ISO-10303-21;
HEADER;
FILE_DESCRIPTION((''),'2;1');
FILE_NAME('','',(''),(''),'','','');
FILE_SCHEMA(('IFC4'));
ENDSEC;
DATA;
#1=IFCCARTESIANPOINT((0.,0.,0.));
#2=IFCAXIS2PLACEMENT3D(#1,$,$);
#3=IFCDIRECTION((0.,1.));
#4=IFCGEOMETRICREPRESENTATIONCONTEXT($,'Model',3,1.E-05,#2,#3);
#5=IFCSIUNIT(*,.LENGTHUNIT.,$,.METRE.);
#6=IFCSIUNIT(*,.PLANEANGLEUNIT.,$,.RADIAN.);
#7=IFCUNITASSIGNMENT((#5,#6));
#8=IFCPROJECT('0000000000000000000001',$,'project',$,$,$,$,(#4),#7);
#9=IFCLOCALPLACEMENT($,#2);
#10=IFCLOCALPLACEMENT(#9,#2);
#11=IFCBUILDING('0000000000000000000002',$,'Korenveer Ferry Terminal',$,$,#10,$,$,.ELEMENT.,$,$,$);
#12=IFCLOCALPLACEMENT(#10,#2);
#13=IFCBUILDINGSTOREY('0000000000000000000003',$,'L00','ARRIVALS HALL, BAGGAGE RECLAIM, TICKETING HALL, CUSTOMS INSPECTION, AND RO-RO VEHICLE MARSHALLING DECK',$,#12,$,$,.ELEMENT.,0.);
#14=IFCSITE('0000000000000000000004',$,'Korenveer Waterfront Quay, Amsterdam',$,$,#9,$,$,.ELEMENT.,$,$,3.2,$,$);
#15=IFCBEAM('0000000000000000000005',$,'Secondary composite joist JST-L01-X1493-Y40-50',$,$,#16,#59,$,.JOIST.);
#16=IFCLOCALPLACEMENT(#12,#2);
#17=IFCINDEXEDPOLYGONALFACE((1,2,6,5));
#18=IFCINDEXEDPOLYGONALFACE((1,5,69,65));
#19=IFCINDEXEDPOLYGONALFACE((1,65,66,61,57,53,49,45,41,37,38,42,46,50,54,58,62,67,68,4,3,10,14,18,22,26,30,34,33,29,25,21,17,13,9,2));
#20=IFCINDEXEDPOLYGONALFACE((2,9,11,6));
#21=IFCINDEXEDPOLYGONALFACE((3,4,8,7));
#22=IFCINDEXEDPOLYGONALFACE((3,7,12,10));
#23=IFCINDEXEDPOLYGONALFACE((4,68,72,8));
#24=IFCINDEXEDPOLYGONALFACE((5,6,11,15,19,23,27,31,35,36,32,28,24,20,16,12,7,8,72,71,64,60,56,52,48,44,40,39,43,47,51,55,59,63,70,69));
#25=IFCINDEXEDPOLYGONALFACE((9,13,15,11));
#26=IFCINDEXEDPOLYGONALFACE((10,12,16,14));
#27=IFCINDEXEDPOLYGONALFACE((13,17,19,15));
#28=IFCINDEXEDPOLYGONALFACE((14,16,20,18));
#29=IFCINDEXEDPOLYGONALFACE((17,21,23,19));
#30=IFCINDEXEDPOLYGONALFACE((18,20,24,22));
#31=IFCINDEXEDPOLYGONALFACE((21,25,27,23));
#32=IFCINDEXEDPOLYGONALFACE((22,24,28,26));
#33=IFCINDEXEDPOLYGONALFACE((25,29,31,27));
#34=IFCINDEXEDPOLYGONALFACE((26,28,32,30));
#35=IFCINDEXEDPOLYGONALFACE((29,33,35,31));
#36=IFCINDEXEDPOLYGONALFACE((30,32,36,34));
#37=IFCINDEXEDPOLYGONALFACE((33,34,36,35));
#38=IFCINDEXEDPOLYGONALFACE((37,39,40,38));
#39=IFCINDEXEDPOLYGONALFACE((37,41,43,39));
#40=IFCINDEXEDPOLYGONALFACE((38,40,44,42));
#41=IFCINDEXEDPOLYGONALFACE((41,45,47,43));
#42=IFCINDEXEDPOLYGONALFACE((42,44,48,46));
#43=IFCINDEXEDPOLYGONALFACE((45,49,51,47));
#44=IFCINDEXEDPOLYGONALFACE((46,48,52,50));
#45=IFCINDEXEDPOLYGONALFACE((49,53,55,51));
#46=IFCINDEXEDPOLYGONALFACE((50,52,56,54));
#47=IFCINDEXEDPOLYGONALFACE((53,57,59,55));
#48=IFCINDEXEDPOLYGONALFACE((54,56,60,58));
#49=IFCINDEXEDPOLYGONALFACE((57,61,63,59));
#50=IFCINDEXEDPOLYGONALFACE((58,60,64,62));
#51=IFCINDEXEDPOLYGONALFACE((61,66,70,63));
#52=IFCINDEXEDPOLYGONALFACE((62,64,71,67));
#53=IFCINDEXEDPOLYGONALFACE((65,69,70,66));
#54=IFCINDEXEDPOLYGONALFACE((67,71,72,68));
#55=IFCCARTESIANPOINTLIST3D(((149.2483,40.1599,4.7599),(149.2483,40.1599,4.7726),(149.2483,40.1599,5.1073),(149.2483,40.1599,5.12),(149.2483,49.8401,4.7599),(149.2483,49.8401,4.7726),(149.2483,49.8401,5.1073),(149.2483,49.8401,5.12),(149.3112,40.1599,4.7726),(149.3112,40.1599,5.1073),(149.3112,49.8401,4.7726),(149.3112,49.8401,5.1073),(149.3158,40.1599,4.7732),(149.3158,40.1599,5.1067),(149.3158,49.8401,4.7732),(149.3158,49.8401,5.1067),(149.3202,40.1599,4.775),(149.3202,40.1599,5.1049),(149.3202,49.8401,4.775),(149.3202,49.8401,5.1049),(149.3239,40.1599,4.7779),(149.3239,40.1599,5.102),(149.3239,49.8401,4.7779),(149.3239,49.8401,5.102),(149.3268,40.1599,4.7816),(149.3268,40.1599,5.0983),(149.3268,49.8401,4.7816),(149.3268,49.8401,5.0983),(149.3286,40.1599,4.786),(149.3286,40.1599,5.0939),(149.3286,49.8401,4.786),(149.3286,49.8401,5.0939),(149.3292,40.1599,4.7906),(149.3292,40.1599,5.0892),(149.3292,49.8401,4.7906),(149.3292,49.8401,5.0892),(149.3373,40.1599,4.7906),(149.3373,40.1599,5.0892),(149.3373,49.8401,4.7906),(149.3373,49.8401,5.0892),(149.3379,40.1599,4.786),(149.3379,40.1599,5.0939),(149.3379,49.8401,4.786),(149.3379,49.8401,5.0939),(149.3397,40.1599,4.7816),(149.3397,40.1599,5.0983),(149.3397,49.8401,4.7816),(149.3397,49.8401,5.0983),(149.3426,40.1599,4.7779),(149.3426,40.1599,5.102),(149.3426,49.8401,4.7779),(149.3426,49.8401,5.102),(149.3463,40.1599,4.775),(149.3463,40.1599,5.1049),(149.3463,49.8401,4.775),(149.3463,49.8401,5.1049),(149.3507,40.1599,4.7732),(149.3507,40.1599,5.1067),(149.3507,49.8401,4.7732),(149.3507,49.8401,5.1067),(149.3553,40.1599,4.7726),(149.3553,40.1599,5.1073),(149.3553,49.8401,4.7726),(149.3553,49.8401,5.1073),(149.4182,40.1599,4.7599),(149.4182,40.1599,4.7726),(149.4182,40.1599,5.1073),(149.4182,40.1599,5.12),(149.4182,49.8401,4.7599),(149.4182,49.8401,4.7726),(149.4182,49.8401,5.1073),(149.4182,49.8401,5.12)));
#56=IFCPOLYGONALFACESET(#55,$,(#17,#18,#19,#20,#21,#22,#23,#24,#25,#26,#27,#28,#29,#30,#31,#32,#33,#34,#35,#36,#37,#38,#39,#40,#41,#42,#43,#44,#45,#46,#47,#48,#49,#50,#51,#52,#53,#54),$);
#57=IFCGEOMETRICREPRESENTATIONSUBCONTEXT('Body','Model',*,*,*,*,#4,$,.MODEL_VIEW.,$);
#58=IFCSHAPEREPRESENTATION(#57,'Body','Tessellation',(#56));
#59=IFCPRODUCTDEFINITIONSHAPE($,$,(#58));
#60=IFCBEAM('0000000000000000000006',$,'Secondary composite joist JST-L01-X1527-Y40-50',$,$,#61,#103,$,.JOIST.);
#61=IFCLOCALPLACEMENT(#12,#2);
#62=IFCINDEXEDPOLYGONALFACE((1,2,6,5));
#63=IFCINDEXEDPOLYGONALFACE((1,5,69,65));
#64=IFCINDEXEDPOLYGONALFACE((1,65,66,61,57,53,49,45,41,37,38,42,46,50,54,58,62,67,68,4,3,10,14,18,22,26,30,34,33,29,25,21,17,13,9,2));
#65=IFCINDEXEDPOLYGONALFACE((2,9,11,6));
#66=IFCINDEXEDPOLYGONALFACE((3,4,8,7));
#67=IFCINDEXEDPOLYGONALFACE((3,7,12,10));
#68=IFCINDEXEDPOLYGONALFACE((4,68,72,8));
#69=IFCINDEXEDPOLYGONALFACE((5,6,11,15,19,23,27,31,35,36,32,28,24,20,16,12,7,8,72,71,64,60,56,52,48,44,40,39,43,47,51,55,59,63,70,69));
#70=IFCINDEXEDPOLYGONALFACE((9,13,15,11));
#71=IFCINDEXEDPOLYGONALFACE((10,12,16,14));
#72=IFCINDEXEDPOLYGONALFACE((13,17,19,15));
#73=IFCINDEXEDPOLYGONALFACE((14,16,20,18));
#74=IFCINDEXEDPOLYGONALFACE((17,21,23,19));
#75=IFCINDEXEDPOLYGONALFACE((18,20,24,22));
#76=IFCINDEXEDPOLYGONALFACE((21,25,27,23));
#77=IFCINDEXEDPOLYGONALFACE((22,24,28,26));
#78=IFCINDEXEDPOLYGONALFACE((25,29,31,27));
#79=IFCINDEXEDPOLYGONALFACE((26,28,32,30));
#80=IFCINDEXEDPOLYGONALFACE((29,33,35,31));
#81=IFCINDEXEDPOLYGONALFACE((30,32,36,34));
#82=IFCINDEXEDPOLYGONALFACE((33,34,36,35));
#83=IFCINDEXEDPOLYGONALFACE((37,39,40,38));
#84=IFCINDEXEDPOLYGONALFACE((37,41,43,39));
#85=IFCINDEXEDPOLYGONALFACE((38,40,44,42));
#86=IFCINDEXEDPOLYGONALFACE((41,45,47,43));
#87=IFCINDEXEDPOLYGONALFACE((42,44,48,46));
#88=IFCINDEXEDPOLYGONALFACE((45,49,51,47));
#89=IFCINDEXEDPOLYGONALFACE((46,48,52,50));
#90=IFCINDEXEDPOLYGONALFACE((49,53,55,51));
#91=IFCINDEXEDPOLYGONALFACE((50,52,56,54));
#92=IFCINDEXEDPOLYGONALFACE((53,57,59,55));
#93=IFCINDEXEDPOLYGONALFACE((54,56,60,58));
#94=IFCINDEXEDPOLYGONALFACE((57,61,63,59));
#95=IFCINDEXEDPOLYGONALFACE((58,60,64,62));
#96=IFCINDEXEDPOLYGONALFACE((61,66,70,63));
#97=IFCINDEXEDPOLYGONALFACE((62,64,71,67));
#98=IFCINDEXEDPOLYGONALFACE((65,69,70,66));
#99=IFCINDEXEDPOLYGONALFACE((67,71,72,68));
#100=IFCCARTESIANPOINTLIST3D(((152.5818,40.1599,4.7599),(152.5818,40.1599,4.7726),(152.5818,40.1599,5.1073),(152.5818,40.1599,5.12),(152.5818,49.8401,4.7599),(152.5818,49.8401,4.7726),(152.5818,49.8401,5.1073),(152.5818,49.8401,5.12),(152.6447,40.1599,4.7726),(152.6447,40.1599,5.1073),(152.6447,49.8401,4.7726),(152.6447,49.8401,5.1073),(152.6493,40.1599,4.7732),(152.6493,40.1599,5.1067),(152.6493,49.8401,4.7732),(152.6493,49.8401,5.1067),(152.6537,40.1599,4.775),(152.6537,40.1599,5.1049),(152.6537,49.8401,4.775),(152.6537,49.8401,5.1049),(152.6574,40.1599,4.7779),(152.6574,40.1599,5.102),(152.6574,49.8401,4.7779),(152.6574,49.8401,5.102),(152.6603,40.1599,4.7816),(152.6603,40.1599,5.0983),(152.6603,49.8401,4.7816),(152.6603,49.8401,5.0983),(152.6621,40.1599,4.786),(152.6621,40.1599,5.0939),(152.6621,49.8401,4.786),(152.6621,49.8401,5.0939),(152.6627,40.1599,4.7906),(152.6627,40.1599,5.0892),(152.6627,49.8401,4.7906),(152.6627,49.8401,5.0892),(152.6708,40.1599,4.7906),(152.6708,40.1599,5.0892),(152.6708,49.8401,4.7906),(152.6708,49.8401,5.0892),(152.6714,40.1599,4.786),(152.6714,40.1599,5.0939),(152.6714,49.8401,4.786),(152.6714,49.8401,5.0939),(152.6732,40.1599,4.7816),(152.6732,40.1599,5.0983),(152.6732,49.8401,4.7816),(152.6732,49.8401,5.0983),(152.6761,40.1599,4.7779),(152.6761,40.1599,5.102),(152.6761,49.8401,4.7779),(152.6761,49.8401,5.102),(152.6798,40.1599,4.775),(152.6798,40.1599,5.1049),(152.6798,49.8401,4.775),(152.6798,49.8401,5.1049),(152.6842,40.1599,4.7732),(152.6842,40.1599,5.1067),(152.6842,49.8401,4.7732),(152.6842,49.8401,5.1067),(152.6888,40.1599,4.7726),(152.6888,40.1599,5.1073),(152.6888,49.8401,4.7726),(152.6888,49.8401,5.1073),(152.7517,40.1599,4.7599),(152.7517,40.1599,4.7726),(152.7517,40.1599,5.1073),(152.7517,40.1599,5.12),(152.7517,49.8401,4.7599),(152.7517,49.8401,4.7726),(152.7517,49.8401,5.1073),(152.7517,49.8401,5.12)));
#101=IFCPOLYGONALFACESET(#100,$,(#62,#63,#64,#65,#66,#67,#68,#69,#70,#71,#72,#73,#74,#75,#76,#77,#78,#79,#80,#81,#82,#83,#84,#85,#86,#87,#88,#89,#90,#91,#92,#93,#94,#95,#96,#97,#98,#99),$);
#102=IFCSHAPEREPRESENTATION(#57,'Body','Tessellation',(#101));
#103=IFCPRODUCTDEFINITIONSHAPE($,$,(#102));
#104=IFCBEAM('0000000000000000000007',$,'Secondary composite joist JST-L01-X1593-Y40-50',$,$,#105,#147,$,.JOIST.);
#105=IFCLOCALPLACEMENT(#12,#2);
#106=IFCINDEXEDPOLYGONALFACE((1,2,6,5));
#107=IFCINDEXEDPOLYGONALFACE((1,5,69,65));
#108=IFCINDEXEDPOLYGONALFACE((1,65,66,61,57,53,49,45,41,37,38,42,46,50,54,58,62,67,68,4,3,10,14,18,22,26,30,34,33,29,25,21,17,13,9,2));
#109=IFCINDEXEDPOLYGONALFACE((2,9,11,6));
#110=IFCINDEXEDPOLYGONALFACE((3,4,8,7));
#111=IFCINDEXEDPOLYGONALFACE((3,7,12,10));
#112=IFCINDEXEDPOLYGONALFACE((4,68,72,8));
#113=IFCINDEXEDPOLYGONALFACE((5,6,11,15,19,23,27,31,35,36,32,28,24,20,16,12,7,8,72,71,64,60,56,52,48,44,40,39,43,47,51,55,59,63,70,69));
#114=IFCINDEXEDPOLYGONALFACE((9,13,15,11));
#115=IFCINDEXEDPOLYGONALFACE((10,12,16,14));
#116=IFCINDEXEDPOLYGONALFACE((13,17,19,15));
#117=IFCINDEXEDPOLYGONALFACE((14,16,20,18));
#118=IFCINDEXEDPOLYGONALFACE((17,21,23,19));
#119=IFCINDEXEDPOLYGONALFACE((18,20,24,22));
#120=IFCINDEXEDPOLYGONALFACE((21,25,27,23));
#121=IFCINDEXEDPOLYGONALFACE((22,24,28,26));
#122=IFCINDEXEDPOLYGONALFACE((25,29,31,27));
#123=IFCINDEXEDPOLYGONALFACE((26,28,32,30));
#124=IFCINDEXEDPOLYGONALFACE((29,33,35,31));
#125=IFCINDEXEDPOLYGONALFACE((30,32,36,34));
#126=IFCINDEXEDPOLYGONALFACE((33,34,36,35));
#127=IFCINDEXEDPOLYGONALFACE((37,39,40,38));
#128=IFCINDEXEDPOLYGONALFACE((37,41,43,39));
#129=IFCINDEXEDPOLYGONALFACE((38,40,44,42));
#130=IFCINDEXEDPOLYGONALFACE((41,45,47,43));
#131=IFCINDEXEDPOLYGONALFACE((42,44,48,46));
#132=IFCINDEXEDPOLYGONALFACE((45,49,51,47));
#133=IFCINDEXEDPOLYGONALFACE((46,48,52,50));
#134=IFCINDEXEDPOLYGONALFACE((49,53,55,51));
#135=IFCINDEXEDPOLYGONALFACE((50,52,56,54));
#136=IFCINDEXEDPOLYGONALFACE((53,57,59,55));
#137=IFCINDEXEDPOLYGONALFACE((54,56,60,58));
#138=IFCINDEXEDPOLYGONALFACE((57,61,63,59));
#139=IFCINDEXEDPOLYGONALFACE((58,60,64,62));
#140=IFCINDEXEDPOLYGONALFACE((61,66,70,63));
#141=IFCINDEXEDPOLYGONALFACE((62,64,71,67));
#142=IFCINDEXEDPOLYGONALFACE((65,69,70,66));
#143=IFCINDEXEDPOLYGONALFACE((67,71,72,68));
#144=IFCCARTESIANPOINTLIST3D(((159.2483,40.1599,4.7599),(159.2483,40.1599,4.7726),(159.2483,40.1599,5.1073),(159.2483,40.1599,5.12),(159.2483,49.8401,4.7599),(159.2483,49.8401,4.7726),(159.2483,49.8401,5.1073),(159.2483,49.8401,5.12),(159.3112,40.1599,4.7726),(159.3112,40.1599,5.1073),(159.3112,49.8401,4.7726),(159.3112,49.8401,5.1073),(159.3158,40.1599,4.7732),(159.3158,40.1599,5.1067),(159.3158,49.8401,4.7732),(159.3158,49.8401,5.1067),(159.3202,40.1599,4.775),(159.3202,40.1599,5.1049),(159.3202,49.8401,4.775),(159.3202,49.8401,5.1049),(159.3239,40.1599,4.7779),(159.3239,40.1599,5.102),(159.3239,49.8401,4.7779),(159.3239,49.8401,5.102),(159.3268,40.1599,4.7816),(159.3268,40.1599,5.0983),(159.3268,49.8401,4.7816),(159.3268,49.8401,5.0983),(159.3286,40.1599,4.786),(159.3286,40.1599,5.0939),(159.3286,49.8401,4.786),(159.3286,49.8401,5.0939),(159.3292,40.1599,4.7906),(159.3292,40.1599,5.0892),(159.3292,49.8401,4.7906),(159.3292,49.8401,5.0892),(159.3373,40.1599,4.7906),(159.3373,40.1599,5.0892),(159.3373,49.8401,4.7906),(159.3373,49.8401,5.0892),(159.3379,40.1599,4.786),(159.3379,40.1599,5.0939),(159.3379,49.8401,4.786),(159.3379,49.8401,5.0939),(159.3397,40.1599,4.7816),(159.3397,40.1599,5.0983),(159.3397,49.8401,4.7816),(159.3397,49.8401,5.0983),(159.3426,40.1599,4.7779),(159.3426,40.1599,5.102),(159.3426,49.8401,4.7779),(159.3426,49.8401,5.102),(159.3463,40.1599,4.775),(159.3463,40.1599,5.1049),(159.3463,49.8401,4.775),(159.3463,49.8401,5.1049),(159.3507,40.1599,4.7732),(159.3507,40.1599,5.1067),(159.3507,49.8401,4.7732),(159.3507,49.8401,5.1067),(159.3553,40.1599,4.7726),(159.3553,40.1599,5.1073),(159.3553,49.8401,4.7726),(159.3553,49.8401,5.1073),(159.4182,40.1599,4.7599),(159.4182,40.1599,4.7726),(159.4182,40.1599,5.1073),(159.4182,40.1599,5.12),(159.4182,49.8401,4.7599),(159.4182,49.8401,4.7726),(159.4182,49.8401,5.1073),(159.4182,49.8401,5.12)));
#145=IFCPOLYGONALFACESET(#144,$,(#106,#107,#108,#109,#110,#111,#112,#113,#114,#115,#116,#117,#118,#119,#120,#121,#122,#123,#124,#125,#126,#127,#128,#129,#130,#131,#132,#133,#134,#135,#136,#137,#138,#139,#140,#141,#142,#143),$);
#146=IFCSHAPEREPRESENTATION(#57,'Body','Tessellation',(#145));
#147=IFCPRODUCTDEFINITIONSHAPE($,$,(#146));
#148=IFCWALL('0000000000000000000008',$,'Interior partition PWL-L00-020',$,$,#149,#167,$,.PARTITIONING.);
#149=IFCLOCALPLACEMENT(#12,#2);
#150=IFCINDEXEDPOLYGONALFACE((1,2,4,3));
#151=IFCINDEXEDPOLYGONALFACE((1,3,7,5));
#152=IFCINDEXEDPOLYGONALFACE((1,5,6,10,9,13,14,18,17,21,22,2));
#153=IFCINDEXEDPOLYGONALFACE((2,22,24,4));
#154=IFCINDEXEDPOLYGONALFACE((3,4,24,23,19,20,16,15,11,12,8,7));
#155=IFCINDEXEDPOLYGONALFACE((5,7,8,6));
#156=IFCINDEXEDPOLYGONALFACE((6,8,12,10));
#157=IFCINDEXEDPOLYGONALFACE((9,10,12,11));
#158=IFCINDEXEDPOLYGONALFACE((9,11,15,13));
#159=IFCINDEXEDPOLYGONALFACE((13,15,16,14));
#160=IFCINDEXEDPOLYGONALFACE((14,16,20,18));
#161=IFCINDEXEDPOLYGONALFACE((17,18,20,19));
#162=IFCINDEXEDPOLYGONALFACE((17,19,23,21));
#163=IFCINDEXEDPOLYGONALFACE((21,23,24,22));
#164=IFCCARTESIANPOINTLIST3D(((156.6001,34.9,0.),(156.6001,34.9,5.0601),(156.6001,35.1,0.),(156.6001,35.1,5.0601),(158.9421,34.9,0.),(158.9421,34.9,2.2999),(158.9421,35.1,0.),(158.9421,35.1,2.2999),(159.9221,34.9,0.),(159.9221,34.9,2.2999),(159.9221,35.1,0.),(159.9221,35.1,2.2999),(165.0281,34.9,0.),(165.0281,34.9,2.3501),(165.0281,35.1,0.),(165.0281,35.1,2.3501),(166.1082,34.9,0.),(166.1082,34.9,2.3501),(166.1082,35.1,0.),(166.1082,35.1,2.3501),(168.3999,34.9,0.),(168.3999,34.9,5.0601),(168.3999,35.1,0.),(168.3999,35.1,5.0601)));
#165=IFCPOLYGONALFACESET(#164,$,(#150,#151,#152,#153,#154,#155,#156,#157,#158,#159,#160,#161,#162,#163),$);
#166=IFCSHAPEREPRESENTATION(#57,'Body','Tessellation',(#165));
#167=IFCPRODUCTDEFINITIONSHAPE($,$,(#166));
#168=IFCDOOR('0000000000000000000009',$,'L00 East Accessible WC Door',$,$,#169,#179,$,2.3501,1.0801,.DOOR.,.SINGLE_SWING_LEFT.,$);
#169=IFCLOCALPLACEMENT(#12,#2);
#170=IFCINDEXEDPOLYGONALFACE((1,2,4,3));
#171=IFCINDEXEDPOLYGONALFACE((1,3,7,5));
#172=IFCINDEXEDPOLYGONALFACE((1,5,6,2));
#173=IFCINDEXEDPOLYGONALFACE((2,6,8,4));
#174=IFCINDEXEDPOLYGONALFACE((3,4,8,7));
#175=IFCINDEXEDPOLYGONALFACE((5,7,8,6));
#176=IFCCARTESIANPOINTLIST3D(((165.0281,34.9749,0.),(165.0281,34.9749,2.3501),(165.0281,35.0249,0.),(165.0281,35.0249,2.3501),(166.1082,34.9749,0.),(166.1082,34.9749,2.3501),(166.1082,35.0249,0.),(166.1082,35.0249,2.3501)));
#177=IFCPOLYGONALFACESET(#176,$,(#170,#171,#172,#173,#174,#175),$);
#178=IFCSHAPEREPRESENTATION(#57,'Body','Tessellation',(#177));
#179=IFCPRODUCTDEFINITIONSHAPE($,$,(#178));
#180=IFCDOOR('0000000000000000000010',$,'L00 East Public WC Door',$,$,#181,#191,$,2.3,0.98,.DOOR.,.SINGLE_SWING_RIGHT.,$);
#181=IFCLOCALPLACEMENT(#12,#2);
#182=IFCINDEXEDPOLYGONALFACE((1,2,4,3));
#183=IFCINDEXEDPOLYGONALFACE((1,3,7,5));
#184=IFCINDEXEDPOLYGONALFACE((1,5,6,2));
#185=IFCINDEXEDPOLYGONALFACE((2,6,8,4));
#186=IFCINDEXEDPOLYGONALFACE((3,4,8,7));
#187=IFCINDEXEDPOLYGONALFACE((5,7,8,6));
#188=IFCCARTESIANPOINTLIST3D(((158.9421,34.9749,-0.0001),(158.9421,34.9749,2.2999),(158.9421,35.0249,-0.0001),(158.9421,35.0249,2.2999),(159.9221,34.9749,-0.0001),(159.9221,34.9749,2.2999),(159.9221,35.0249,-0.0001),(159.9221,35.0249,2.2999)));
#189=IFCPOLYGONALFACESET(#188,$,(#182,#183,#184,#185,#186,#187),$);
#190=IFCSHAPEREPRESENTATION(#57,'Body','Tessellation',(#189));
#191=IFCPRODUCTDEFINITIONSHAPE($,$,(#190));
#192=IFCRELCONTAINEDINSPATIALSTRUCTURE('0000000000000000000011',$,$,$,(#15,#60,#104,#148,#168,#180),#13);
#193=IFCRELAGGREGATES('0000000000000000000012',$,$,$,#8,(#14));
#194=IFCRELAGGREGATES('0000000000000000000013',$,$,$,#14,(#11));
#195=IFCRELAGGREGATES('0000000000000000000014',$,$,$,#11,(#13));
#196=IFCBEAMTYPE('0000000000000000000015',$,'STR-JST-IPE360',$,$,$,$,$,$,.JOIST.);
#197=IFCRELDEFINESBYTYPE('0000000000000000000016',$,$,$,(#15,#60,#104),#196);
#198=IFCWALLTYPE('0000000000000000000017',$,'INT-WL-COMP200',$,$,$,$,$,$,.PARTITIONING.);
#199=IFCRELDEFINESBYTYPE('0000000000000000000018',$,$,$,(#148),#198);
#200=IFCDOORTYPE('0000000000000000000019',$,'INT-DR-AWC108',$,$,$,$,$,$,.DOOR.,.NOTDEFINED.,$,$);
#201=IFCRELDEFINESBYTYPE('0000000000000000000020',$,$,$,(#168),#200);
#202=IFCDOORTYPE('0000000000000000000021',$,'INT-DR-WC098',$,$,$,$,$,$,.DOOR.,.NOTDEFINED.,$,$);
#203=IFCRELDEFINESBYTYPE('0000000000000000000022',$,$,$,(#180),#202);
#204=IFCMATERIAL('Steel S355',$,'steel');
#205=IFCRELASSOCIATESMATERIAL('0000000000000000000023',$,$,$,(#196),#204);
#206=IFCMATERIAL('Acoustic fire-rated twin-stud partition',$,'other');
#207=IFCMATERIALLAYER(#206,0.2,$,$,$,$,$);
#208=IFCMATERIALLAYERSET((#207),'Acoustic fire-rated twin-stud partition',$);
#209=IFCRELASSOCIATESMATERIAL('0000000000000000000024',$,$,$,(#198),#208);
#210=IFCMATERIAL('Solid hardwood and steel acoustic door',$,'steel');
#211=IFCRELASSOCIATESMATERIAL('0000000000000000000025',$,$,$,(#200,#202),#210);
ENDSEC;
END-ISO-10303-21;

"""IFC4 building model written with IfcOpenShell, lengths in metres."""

from ifc_helpers import new_model, si_unit, direction, frame, frame_2d, origin, origin_2d, place, context, subcontext, project, spatial, rectangle, i_section, extrude, material, layer, layer_set, material_profile, profile_set, type_object, element, fill, save


model = new_model("IFC4")

# Units and contexts
model_context = context("Model", 3, precision=1e-05, world=origin(), true_north=direction((0.0, 1.0)))
body_context = subcontext(model_context, "Body", "Model", "MODEL_VIEW")
ifc_project = project(units=[si_unit("LENGTHUNIT", "METRE"), si_unit("PLANEANGLEUNIT", "RADIAN")], contexts=[model_context])

# Site, building, storey
site_placement = place(None, origin())
site = spatial("IfcSite", under=ifc_project, at=site_placement, Name="Korenveer Waterfront Quay, Amsterdam", CompositionType="ELEMENT", RefElevation=3.2)
building_placement = place(site_placement, origin())
building = spatial("IfcBuilding", under=site, at=building_placement, Name="Korenveer Ferry Terminal", CompositionType="ELEMENT")
storey_placement = place(building_placement, origin())
storey = spatial("IfcBuildingStorey", under=building, at=storey_placement, Name="L00", Description="ARRIVALS HALL, BAGGAGE RECLAIM, TICKETING HALL, CUSTOMS INSPECTION, AND RO-RO VEHICLE MARSHALLING DECK", CompositionType="ELEMENT", Elevation=0.0)

# Beams
ifc_material_1 = material(Name="Steel S355", Category="steel")
ifc_material_profile_1 = material_profile(ifc_material_1, i_section(OverallWidth=0.1699, OverallDepth=0.3601, WebThickness=0.0081, FlangeThickness=0.0127, FilletRadius=0.0181, at=origin_2d()), Name="IPE 360")
ifc_profile_set_1 = profile_set([ifc_material_profile_1], Name="Steel S355")
beam_type_1 = type_object("IfcBeamType", Name="STR-JST-IPE360", PredefinedType="JOIST", material=ifc_profile_set_1)
for number, where, z_axis, x_axis, name in (
    (1, (149.3333, 40.1599, 4.9399), (0.0, 1.0, 0.0), (-1.0, 0.0, 0.0), "Secondary composite joist JST-L01-X1493-Y40-50"),
    (2, (152.6667, 40.1599, 4.9399), (0.0, 1.0, 0.0), (-1.0, 0.0, 0.0), "Secondary composite joist JST-L01-X1527-Y40-50"),
    (3, (159.3333, 40.1599, 4.9399), (0.0, 1.0, 0.0), (-1.0, 0.0, 0.0), "Secondary composite joist JST-L01-X1593-Y40-50"),
):
    element("IfcBeam", number, at=place(storey_placement, frame(where, z_axis=z_axis, x_axis=x_axis)), inside=storey, type_object=beam_type_1, Name=name, PredefinedType="JOIST", context=body_context, shape_type="SweptSolid", body=[
        extrude(i_section(OverallWidth=0.1699, OverallDepth=0.3601, WebThickness=0.0081, FlangeThickness=0.0127, FilletRadius=0.0181, at=origin_2d()), origin(), (0.0, 0.0, 1.0), 9.6802),
    ])

# Wall, openings, doors
ifc_material_2 = material(Name="Acoustic fire-rated twin-stud partition", Category="other")
ifc_layer_1 = layer(ifc_material_2, 0.2)
ifc_layer_set_1 = layer_set([ifc_layer_1], Name="Acoustic fire-rated twin-stud partition")
wall_type_1 = type_object("IfcWallType", Name="INT-WL-COMP200", PredefinedType="PARTITIONING", material=ifc_layer_set_1)
wall_1_placement = place(storey_placement, frame((156.6001, 35.0, 0.0), z_axis=(0.0, 0.0, 1.0), x_axis=(1.0, 0.0, 0.0)))
wall_1 = element("IfcWall", 4, at=wall_1_placement, inside=storey, type_object=wall_type_1, Name="Interior partition PWL-L00-020", PredefinedType="PARTITIONING", context=body_context, shape_type="SweptSolid", body=[
    extrude(rectangle(XDim=11.7998, YDim=0.2, at=frame_2d((5.8999, 0.0))), origin(), (0.0, 0.0, 1.0), 5.0601),
])
opening_1_placement = place(wall_1_placement, frame((2.342, 0.0, 0.0)))
opening_1 = element("IfcOpeningElement", 5, at=opening_1_placement, cuts=wall_1, PredefinedType="OPENING", context=body_context, shape_type="SweptSolid", body=[
    extrude(rectangle(XDim=0.98, YDim=2.3, at=frame_2d((0.49, 1.1499))), frame((0.0, 0.1099, 0.0), z_axis=(0.0, -1.0, 0.0), x_axis=(1.0, 0.0, 0.0)), (0.0, 0.0, 1.0), 0.22),
])
opening_2_placement = place(wall_1_placement, frame((8.428, 0.0, 0.0)))
opening_2 = element("IfcOpeningElement", 6, at=opening_2_placement, cuts=wall_1, PredefinedType="OPENING", context=body_context, shape_type="SweptSolid", body=[
    extrude(rectangle(XDim=1.0801, YDim=2.3501, at=frame_2d((0.54, 1.175))), frame((0.0, 0.1099, 0.0), z_axis=(0.0, -1.0, 0.0), x_axis=(1.0, 0.0, 0.0)), (0.0, 0.0, 1.0), 0.22),
])
ifc_material_3 = material(Name="Solid hardwood and steel acoustic door", Category="steel")
door_type_1 = type_object("IfcDoorType", Name="INT-DR-AWC108", OperationType="NOTDEFINED", PredefinedType="DOOR", material=ifc_material_3)
door_1_placement = place(opening_2_placement, origin())
door_1 = element("IfcDoor", 7, at=door_1_placement, inside=storey, type_object=door_type_1, Name="L00 East Accessible WC Door", OperationType="SINGLE_SWING_LEFT", OverallHeight=2.3501, OverallWidth=1.0801, PredefinedType="DOOR", context=body_context, shape_type="SweptSolid", body=[
    extrude(rectangle(XDim=1.0801, YDim=2.3501, at=frame_2d((0.54, 1.175))), frame((0.0, 0.0249, 0.0), z_axis=(0.0, -1.0, 0.0), x_axis=(1.0, 0.0, 0.0)), (0.0, 0.0, 1.0), 0.05),
])
fill(opening_2, door_1)
door_type_2 = type_object("IfcDoorType", Name="INT-DR-WC098", OperationType="NOTDEFINED", PredefinedType="DOOR", material=ifc_material_3)
door_2_placement = place(opening_1_placement, origin())
door_2 = element("IfcDoor", 8, at=door_2_placement, inside=storey, type_object=door_type_2, Name="L00 East Public WC Door", OperationType="SINGLE_SWING_RIGHT", OverallHeight=2.3, OverallWidth=0.98, PredefinedType="DOOR", context=body_context, shape_type="SweptSolid", body=[
    extrude(rectangle(XDim=0.98, YDim=2.3, at=frame_2d((0.49, 1.1499))), frame((0.0, 0.0249, 0.0), z_axis=(0.0, -1.0, 0.0), x_axis=(1.0, 0.0, 0.0)), (0.0, 0.0, 1.0), 0.05),
])
fill(opening_1, door_2)

save(model, "model.ifc")
